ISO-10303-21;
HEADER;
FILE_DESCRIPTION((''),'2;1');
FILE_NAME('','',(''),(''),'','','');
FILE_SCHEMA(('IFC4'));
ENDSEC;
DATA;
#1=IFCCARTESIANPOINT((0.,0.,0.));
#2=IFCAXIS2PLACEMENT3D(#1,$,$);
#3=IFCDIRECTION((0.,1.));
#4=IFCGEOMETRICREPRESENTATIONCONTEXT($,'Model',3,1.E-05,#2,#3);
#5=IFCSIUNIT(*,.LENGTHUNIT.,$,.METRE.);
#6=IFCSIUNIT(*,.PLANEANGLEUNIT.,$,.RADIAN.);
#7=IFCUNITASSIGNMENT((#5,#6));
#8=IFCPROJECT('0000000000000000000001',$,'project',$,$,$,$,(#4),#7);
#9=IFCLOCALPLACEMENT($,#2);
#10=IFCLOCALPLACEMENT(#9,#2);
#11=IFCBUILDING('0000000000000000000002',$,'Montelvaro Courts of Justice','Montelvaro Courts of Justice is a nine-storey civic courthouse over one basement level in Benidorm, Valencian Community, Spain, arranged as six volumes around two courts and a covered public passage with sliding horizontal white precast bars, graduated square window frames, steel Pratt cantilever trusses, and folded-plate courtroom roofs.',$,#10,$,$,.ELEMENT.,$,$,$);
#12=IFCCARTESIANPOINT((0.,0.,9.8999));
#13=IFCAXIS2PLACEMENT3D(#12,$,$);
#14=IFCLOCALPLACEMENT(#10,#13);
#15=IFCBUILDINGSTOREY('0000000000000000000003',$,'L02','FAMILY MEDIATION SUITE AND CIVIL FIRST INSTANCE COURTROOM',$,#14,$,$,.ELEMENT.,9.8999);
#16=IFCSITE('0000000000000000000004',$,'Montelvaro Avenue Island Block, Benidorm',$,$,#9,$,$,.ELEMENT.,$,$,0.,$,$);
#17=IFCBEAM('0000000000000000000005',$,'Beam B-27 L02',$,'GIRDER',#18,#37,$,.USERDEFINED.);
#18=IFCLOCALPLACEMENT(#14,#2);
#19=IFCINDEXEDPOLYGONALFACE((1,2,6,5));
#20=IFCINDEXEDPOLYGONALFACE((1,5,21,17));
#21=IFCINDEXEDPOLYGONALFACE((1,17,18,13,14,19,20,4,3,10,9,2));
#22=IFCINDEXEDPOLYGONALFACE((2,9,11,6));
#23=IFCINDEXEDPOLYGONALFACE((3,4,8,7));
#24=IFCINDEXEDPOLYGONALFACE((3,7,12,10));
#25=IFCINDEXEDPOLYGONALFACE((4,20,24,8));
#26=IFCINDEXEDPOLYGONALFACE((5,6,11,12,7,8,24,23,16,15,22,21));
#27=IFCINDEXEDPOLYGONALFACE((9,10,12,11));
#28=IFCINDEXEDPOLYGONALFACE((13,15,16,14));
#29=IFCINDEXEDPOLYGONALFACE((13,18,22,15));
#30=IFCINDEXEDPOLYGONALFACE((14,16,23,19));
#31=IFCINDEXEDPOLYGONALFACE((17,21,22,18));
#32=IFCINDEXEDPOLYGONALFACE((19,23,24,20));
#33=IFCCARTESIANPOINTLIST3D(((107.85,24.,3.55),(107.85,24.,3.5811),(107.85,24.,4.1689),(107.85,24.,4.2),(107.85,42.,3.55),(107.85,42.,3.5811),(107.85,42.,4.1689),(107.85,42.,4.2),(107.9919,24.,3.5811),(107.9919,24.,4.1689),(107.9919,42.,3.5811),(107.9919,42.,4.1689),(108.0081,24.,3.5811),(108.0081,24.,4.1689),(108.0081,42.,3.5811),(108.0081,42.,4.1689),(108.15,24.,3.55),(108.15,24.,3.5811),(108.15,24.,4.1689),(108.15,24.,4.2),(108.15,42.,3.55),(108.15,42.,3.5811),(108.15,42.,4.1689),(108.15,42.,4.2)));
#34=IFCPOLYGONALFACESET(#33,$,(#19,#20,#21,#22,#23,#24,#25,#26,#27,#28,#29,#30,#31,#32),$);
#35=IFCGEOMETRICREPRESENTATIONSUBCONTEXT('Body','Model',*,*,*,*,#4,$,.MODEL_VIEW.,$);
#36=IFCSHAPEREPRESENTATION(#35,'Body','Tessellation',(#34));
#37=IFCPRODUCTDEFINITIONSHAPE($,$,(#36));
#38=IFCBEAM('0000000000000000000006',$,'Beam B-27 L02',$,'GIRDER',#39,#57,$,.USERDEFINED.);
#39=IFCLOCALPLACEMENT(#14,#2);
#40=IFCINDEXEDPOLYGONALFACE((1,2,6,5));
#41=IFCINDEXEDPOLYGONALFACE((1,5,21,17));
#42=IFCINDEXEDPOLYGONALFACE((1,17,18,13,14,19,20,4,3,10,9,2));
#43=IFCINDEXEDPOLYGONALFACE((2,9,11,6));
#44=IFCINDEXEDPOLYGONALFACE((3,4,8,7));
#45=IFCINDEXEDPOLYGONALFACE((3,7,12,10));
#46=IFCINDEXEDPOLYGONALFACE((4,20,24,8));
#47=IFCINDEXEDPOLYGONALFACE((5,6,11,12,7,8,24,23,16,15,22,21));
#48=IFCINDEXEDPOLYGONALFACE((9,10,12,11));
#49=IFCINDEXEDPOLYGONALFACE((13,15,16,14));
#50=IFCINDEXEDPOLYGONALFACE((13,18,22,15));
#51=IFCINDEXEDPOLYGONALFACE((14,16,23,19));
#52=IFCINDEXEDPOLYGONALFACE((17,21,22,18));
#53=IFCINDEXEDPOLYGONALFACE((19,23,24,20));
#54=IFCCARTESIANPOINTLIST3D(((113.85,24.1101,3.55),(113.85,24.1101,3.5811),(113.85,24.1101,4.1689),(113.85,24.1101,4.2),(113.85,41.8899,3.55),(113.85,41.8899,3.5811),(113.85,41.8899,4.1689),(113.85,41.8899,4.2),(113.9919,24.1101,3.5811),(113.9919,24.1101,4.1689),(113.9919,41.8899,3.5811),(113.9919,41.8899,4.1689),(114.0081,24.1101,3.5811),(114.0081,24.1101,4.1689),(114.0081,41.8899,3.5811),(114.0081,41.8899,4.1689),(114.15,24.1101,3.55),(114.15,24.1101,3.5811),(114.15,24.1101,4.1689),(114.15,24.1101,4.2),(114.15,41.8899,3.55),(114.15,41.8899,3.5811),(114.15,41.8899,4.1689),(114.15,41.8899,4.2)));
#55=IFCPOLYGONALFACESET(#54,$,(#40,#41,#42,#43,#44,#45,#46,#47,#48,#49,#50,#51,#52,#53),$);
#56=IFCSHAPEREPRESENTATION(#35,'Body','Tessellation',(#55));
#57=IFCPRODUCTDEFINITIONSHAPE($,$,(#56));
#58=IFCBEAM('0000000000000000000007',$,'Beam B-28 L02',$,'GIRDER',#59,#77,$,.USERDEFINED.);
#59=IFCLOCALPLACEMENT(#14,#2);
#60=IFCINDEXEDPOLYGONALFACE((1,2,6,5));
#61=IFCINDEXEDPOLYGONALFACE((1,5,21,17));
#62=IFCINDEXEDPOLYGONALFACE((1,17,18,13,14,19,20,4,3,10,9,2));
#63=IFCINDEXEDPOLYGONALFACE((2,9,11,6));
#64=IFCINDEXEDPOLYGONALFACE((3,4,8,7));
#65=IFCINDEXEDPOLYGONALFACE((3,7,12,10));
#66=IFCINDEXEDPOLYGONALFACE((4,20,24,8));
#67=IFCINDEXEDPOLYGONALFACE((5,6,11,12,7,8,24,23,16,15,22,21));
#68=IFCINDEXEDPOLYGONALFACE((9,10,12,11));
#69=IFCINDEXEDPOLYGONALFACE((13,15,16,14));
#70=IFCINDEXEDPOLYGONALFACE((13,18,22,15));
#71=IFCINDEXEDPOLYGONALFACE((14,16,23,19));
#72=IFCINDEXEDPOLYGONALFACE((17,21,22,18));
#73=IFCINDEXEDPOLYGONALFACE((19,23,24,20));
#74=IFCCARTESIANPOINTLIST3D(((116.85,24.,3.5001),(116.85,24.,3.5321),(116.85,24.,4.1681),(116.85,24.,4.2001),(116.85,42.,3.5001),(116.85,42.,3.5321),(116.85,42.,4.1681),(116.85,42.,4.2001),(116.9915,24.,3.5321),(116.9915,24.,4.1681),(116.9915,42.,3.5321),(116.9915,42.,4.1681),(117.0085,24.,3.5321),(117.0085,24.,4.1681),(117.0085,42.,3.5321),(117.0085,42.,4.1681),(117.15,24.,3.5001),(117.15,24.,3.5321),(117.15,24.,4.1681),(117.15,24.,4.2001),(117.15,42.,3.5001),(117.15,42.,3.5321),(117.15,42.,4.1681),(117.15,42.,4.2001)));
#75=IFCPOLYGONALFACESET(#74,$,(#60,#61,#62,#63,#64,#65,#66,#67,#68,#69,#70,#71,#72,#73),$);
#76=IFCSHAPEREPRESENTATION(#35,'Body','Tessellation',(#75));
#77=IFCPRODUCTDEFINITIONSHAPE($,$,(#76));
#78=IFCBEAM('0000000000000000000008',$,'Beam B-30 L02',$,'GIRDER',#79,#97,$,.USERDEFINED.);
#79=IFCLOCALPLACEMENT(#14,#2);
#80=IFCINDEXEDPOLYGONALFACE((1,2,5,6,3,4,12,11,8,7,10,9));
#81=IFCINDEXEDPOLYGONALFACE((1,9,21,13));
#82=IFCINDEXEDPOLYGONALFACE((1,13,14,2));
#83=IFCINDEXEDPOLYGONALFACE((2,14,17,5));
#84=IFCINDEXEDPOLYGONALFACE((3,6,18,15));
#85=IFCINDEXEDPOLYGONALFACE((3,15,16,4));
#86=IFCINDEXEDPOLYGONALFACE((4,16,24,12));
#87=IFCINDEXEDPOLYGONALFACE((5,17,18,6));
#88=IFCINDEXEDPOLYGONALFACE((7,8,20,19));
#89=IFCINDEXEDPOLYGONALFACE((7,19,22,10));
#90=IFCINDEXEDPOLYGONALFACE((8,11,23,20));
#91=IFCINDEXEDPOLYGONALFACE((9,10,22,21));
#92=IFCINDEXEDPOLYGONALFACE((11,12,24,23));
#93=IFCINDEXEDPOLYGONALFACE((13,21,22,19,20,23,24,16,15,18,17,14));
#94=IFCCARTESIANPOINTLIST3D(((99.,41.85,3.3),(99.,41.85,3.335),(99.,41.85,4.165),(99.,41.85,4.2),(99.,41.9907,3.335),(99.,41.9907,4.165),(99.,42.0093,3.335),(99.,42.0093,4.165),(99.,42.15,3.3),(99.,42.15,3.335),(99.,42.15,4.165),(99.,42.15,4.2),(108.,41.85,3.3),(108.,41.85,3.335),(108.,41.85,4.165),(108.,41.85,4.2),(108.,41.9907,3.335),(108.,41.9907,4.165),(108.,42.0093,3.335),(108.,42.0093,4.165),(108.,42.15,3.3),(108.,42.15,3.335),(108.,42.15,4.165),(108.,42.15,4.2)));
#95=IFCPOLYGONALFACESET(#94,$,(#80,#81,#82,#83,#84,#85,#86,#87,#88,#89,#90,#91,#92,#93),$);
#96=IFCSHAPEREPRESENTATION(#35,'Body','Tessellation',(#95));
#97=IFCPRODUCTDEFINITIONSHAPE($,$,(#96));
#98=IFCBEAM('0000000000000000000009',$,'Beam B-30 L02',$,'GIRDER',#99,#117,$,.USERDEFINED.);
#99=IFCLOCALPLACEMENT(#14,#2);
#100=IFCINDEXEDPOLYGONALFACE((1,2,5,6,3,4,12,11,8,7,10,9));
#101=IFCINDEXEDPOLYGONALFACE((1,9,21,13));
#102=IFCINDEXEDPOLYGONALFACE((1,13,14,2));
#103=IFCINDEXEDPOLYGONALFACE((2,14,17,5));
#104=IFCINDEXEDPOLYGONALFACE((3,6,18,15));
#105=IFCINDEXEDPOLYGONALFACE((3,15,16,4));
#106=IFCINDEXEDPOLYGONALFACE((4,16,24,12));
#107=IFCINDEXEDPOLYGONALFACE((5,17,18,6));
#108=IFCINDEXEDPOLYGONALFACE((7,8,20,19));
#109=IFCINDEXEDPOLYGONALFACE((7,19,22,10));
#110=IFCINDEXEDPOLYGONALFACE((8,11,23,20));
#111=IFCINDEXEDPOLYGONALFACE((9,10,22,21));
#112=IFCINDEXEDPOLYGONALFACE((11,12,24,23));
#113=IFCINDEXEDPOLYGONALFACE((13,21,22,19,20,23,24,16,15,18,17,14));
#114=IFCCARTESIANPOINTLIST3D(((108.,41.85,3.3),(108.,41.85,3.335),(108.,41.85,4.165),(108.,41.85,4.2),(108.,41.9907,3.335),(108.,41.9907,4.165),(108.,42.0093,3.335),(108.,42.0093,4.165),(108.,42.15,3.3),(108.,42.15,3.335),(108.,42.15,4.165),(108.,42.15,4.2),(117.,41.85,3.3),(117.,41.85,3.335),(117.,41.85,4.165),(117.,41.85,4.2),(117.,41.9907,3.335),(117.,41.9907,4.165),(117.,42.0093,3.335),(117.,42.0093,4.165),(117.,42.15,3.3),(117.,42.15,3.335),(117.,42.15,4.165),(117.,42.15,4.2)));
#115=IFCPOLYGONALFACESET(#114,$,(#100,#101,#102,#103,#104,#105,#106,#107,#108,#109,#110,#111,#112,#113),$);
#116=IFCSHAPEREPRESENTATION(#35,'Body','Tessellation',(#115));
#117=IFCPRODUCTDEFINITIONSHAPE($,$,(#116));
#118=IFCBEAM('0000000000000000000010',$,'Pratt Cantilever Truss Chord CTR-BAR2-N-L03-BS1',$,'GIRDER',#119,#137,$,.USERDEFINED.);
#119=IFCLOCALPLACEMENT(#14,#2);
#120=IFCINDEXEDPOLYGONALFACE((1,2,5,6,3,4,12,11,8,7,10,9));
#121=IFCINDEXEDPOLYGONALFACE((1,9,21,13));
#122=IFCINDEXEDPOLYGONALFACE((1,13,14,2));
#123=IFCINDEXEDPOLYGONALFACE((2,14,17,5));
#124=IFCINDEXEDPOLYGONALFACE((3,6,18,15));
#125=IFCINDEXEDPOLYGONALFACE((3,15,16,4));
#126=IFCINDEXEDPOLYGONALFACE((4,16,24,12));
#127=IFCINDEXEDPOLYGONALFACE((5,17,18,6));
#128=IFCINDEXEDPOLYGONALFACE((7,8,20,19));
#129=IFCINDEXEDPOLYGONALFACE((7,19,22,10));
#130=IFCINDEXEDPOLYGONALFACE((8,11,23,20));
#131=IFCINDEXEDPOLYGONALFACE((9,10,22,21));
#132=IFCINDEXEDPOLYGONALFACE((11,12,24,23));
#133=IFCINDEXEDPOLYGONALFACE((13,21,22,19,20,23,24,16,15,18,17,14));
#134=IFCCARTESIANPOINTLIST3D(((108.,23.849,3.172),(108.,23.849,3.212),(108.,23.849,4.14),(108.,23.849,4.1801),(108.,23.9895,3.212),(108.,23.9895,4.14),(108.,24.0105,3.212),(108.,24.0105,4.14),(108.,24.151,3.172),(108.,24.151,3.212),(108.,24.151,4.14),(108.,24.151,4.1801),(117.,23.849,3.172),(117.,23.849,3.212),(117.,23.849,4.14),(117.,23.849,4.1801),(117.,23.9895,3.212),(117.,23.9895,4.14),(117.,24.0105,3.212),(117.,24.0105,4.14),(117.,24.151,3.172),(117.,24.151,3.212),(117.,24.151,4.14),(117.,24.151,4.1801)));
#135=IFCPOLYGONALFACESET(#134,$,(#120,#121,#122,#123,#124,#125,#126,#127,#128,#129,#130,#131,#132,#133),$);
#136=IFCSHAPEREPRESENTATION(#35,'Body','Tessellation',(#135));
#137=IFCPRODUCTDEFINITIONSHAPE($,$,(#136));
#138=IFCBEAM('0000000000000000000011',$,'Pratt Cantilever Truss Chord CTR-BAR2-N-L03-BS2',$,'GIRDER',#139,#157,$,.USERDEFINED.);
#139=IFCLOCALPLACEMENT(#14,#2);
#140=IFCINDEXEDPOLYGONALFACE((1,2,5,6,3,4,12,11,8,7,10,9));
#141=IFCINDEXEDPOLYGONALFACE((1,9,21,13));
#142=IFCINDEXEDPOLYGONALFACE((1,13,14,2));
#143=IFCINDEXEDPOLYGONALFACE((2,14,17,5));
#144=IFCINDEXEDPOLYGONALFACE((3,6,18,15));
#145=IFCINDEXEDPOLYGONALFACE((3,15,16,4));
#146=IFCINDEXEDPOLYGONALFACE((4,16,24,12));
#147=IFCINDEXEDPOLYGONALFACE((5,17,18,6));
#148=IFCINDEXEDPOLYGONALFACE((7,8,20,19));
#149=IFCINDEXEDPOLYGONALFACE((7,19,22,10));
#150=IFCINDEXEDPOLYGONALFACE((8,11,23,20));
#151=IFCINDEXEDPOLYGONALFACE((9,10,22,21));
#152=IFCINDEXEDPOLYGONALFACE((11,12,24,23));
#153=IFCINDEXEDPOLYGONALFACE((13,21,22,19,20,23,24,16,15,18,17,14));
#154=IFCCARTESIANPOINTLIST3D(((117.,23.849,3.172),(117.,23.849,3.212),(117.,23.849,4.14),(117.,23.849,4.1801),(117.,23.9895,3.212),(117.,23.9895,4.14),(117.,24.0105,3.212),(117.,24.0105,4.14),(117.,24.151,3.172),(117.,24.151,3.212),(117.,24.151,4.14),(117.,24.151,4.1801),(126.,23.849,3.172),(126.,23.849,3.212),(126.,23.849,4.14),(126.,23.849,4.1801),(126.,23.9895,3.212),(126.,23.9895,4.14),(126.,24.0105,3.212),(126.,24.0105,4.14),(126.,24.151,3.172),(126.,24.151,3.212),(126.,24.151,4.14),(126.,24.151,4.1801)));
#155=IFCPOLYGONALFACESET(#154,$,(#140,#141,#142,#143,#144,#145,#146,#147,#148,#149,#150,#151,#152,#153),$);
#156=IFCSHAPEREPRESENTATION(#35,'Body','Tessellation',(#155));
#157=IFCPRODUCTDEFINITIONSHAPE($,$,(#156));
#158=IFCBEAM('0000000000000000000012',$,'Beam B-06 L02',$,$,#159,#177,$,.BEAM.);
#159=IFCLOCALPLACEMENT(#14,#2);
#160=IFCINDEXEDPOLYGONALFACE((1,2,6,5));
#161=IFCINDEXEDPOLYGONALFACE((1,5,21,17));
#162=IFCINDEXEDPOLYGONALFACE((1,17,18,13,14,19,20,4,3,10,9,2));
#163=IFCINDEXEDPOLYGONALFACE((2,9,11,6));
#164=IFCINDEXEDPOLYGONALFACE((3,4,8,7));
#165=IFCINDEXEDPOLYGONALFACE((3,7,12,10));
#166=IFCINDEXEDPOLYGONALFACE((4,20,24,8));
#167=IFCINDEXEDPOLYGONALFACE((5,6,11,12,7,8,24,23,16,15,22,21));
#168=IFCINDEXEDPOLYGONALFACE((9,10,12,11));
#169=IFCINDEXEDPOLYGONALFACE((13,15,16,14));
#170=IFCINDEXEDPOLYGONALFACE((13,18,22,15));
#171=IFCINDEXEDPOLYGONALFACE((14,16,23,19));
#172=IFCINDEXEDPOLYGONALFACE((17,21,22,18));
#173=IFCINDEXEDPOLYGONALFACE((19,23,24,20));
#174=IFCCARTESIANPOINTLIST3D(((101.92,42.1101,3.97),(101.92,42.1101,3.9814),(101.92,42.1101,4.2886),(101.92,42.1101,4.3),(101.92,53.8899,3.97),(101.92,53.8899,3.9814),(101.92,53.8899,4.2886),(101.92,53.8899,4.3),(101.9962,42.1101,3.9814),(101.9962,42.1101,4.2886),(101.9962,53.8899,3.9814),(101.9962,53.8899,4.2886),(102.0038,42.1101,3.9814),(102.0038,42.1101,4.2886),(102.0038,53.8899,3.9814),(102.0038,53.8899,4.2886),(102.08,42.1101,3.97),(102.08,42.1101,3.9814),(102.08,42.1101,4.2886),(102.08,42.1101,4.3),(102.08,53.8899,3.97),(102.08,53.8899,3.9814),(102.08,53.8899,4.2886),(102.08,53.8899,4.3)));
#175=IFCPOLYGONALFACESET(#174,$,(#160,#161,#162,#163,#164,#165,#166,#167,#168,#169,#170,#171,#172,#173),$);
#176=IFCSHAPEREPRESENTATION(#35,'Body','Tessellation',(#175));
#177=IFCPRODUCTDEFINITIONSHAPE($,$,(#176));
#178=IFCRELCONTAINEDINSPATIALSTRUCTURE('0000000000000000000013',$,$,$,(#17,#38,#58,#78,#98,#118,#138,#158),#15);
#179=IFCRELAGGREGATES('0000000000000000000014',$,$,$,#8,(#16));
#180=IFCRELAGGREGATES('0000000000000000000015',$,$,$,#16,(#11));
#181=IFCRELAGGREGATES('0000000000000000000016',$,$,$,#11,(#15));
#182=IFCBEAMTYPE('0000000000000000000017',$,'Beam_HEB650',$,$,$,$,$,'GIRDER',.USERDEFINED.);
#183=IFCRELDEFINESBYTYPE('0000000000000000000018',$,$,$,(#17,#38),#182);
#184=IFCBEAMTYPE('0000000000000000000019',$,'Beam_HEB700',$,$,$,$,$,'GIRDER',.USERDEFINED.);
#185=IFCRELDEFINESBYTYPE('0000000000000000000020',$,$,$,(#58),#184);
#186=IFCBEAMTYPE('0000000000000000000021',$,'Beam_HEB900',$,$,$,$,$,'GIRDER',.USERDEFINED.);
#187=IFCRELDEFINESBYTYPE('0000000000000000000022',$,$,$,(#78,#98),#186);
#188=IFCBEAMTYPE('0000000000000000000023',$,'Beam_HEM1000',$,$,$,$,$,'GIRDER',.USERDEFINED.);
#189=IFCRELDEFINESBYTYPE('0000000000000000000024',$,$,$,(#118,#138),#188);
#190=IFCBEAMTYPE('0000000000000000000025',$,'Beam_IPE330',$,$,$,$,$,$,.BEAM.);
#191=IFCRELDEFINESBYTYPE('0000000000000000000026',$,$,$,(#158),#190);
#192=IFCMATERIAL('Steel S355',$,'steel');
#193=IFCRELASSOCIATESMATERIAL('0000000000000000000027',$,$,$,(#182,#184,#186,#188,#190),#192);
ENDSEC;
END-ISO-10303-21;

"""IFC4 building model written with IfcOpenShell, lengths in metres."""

from ifc_helpers import new_model, si_unit, direction, frame, origin, origin_2d, place, context, subcontext, project, spatial, i_section, extrude, material, material_profile, profile_set, type_object, element, save


model = new_model("IFC4")

# Units and contexts
model_context = context("Model", 3, precision=1e-05, world=origin(), true_north=direction((0.0, 1.0)))
body_context = subcontext(model_context, "Body", "Model", "MODEL_VIEW")
ifc_project = project(units=[si_unit("LENGTHUNIT", "METRE"), si_unit("PLANEANGLEUNIT", "RADIAN")], contexts=[model_context])

# Site, building, storey
site_placement = place(None, origin())
site = spatial("IfcSite", under=ifc_project, at=site_placement, Name="Montelvaro Avenue Island Block, Benidorm", CompositionType="ELEMENT", RefElevation=0.0)
building_placement = place(site_placement, origin())
building = spatial("IfcBuilding", under=site, at=building_placement, Name="Montelvaro Courts of Justice", Description="Montelvaro Courts of Justice is a nine-storey civic courthouse over one basement level in Benidorm, Valencian Community, Spain, arranged as six volumes around two courts and a covered public passage with sliding horizontal white precast bars, graduated square window frames, steel Pratt cantilever trusses, and folded-plate courtroom roofs.", CompositionType="ELEMENT")
storey_placement = place(building_placement, frame((0.0, 0.0, 9.8999)))
storey = spatial("IfcBuildingStorey", under=building, at=storey_placement, Name="L02", Description="FAMILY MEDIATION SUITE AND CIVIL FIRST INSTANCE COURTROOM", CompositionType="ELEMENT", Elevation=9.8999)

# Shared definitions
ifc_material_1 = material(Name="Steel S355", Category="steel")

# Beams
ifc_material_profile_1 = material_profile(ifc_material_1, i_section(OverallWidth=0.3, OverallDepth=0.6499, WebThickness=0.0161, FlangeThickness=0.031, at=origin_2d()), Name="HEB 650")
ifc_profile_set_1 = profile_set([ifc_material_profile_1], Name="Steel S355")
beam_type_1 = type_object("IfcBeamType", Name="Beam_HEB650", ElementType="GIRDER", PredefinedType="USERDEFINED", material=ifc_profile_set_1)
beam_1_placement = place(storey_placement, frame((108.0, 24.0, 3.875), z_axis=(0.0, 1.0, 0.0), x_axis=(-1.0, 0.0, 0.0)))
element("IfcBeam", 1, at=beam_1_placement, inside=storey, type_object=beam_type_1, Name="Beam B-27 L02", ObjectType="GIRDER", PredefinedType="USERDEFINED", context=body_context, shape_type="SweptSolid", body=[
    extrude(i_section(OverallWidth=0.3, OverallDepth=0.6499, WebThickness=0.0161, FlangeThickness=0.031, at=origin_2d()), origin(), (0.0, 0.0, 1.0), 18.0),
])
beam_2_placement = place(storey_placement, frame((114.0, 24.1101, 3.875), z_axis=(0.0, 1.0, 0.0), x_axis=(-1.0, 0.0, 0.0)))
element("IfcBeam", 2, at=beam_2_placement, inside=storey, type_object=beam_type_1, Name="Beam B-27 L02", ObjectType="GIRDER", PredefinedType="USERDEFINED", context=body_context, shape_type="SweptSolid", body=[
    extrude(i_section(OverallWidth=0.3, OverallDepth=0.6499, WebThickness=0.0161, FlangeThickness=0.031, at=origin_2d()), origin(), (0.0, 0.0, 1.0), 17.7798),
])
ifc_material_profile_2 = material_profile(ifc_material_1, i_section(OverallWidth=0.3, OverallDepth=0.7, WebThickness=0.0171, FlangeThickness=0.032, at=origin_2d()), Name="HEB 700")
ifc_profile_set_2 = profile_set([ifc_material_profile_2], Name="Steel S355")
beam_type_2 = type_object("IfcBeamType", Name="Beam_HEB700", ElementType="GIRDER", PredefinedType="USERDEFINED", material=ifc_profile_set_2)
beam_3_placement = place(storey_placement, frame((117.0, 24.0, 3.8501), z_axis=(0.0, 1.0, 0.0), x_axis=(-1.0, 0.0, 0.0)))
element("IfcBeam", 3, at=beam_3_placement, inside=storey, type_object=beam_type_2, Name="Beam B-28 L02", ObjectType="GIRDER", PredefinedType="USERDEFINED", context=body_context, shape_type="SweptSolid", body=[
    extrude(i_section(OverallWidth=0.3, OverallDepth=0.7, WebThickness=0.0171, FlangeThickness=0.032, at=origin_2d()), origin(), (0.0, 0.0, 1.0), 18.0),
])
ifc_material_profile_3 = material_profile(ifc_material_1, i_section(OverallWidth=0.3, OverallDepth=0.8999, WebThickness=0.0186, FlangeThickness=0.0349, at=origin_2d()), Name="HEB 900")
ifc_profile_set_3 = profile_set([ifc_material_profile_3], Name="Steel S355")
beam_type_3 = type_object("IfcBeamType", Name="Beam_HEB900", ElementType="GIRDER", PredefinedType="USERDEFINED", material=ifc_profile_set_3)
for number, where, z_axis, x_axis, name in (
    (4, (99.0, 42.0, 3.75), (1.0, 0.0, 0.0), (0.0, 1.0, 0.0), "Beam B-30 L02"),
    (5, (108.0, 42.0, 3.75), (1.0, 0.0, 0.0), (0.0, 1.0, 0.0), "Beam B-30 L02"),
):
    element("IfcBeam", number, at=place(storey_placement, frame(where, z_axis=z_axis, x_axis=x_axis)), inside=storey, type_object=beam_type_3, Name=name, ObjectType="GIRDER", PredefinedType="USERDEFINED", context=body_context, shape_type="SweptSolid", body=[
        extrude(i_section(OverallWidth=0.3, OverallDepth=0.8999, WebThickness=0.0186, FlangeThickness=0.0349, at=origin_2d()), origin(), (0.0, 0.0, 1.0), 9.0),
    ])
ifc_material_profile_4 = material_profile(ifc_material_1, i_section(OverallWidth=0.302, OverallDepth=1.0081, WebThickness=0.021, FlangeThickness=0.04, at=origin_2d()), Name="HEM 1000")
ifc_profile_set_4 = profile_set([ifc_material_profile_4], Name="Steel S355")
beam_type_4 = type_object("IfcBeamType", Name="Beam_HEM1000", ElementType="GIRDER", PredefinedType="USERDEFINED", material=ifc_profile_set_4)
for number, where, z_axis, x_axis, name in (
    (6, (108.0, 24.0, 3.676), (1.0, 0.0, 0.0), (0.0, 1.0, 0.0), "Pratt Cantilever Truss Chord CTR-BAR2-N-L03-BS1"),
    (7, (117.0, 24.0, 3.676), (1.0, 0.0, 0.0), (0.0, 1.0, 0.0), "Pratt Cantilever Truss Chord CTR-BAR2-N-L03-BS2"),
):
    element("IfcBeam", number, at=place(storey_placement, frame(where, z_axis=z_axis, x_axis=x_axis)), inside=storey, type_object=beam_type_4, Name=name, ObjectType="GIRDER", PredefinedType="USERDEFINED", context=body_context, shape_type="SweptSolid", body=[
        extrude(i_section(OverallWidth=0.302, OverallDepth=1.0081, WebThickness=0.021, FlangeThickness=0.04, at=origin_2d()), origin(), (0.0, 0.0, 1.0), 9.0),
    ])
ifc_material_profile_5 = material_profile(ifc_material_1, i_section(OverallWidth=0.1599, OverallDepth=0.3301, WebThickness=0.0076, FlangeThickness=0.0115, at=origin_2d()), Name="IPE 330")
ifc_profile_set_5 = profile_set([ifc_material_profile_5], Name="Steel S355")
beam_type_5 = type_object("IfcBeamType", Name="Beam_IPE330", PredefinedType="BEAM", material=ifc_profile_set_5)
beam_4_placement = place(storey_placement, frame((102.0, 42.1101, 4.135), z_axis=(0.0, 1.0, 0.0), x_axis=(-1.0, 0.0, 0.0)))
element("IfcBeam", 8, at=beam_4_placement, inside=storey, type_object=beam_type_5, Name="Beam B-06 L02", PredefinedType="BEAM", context=body_context, shape_type="SweptSolid", body=[
    extrude(i_section(OverallWidth=0.1599, OverallDepth=0.3301, WebThickness=0.0076, FlangeThickness=0.0115, at=origin_2d()), origin(), (0.0, 0.0, 1.0), 11.7798),
])

save(model, "model.ifc")
